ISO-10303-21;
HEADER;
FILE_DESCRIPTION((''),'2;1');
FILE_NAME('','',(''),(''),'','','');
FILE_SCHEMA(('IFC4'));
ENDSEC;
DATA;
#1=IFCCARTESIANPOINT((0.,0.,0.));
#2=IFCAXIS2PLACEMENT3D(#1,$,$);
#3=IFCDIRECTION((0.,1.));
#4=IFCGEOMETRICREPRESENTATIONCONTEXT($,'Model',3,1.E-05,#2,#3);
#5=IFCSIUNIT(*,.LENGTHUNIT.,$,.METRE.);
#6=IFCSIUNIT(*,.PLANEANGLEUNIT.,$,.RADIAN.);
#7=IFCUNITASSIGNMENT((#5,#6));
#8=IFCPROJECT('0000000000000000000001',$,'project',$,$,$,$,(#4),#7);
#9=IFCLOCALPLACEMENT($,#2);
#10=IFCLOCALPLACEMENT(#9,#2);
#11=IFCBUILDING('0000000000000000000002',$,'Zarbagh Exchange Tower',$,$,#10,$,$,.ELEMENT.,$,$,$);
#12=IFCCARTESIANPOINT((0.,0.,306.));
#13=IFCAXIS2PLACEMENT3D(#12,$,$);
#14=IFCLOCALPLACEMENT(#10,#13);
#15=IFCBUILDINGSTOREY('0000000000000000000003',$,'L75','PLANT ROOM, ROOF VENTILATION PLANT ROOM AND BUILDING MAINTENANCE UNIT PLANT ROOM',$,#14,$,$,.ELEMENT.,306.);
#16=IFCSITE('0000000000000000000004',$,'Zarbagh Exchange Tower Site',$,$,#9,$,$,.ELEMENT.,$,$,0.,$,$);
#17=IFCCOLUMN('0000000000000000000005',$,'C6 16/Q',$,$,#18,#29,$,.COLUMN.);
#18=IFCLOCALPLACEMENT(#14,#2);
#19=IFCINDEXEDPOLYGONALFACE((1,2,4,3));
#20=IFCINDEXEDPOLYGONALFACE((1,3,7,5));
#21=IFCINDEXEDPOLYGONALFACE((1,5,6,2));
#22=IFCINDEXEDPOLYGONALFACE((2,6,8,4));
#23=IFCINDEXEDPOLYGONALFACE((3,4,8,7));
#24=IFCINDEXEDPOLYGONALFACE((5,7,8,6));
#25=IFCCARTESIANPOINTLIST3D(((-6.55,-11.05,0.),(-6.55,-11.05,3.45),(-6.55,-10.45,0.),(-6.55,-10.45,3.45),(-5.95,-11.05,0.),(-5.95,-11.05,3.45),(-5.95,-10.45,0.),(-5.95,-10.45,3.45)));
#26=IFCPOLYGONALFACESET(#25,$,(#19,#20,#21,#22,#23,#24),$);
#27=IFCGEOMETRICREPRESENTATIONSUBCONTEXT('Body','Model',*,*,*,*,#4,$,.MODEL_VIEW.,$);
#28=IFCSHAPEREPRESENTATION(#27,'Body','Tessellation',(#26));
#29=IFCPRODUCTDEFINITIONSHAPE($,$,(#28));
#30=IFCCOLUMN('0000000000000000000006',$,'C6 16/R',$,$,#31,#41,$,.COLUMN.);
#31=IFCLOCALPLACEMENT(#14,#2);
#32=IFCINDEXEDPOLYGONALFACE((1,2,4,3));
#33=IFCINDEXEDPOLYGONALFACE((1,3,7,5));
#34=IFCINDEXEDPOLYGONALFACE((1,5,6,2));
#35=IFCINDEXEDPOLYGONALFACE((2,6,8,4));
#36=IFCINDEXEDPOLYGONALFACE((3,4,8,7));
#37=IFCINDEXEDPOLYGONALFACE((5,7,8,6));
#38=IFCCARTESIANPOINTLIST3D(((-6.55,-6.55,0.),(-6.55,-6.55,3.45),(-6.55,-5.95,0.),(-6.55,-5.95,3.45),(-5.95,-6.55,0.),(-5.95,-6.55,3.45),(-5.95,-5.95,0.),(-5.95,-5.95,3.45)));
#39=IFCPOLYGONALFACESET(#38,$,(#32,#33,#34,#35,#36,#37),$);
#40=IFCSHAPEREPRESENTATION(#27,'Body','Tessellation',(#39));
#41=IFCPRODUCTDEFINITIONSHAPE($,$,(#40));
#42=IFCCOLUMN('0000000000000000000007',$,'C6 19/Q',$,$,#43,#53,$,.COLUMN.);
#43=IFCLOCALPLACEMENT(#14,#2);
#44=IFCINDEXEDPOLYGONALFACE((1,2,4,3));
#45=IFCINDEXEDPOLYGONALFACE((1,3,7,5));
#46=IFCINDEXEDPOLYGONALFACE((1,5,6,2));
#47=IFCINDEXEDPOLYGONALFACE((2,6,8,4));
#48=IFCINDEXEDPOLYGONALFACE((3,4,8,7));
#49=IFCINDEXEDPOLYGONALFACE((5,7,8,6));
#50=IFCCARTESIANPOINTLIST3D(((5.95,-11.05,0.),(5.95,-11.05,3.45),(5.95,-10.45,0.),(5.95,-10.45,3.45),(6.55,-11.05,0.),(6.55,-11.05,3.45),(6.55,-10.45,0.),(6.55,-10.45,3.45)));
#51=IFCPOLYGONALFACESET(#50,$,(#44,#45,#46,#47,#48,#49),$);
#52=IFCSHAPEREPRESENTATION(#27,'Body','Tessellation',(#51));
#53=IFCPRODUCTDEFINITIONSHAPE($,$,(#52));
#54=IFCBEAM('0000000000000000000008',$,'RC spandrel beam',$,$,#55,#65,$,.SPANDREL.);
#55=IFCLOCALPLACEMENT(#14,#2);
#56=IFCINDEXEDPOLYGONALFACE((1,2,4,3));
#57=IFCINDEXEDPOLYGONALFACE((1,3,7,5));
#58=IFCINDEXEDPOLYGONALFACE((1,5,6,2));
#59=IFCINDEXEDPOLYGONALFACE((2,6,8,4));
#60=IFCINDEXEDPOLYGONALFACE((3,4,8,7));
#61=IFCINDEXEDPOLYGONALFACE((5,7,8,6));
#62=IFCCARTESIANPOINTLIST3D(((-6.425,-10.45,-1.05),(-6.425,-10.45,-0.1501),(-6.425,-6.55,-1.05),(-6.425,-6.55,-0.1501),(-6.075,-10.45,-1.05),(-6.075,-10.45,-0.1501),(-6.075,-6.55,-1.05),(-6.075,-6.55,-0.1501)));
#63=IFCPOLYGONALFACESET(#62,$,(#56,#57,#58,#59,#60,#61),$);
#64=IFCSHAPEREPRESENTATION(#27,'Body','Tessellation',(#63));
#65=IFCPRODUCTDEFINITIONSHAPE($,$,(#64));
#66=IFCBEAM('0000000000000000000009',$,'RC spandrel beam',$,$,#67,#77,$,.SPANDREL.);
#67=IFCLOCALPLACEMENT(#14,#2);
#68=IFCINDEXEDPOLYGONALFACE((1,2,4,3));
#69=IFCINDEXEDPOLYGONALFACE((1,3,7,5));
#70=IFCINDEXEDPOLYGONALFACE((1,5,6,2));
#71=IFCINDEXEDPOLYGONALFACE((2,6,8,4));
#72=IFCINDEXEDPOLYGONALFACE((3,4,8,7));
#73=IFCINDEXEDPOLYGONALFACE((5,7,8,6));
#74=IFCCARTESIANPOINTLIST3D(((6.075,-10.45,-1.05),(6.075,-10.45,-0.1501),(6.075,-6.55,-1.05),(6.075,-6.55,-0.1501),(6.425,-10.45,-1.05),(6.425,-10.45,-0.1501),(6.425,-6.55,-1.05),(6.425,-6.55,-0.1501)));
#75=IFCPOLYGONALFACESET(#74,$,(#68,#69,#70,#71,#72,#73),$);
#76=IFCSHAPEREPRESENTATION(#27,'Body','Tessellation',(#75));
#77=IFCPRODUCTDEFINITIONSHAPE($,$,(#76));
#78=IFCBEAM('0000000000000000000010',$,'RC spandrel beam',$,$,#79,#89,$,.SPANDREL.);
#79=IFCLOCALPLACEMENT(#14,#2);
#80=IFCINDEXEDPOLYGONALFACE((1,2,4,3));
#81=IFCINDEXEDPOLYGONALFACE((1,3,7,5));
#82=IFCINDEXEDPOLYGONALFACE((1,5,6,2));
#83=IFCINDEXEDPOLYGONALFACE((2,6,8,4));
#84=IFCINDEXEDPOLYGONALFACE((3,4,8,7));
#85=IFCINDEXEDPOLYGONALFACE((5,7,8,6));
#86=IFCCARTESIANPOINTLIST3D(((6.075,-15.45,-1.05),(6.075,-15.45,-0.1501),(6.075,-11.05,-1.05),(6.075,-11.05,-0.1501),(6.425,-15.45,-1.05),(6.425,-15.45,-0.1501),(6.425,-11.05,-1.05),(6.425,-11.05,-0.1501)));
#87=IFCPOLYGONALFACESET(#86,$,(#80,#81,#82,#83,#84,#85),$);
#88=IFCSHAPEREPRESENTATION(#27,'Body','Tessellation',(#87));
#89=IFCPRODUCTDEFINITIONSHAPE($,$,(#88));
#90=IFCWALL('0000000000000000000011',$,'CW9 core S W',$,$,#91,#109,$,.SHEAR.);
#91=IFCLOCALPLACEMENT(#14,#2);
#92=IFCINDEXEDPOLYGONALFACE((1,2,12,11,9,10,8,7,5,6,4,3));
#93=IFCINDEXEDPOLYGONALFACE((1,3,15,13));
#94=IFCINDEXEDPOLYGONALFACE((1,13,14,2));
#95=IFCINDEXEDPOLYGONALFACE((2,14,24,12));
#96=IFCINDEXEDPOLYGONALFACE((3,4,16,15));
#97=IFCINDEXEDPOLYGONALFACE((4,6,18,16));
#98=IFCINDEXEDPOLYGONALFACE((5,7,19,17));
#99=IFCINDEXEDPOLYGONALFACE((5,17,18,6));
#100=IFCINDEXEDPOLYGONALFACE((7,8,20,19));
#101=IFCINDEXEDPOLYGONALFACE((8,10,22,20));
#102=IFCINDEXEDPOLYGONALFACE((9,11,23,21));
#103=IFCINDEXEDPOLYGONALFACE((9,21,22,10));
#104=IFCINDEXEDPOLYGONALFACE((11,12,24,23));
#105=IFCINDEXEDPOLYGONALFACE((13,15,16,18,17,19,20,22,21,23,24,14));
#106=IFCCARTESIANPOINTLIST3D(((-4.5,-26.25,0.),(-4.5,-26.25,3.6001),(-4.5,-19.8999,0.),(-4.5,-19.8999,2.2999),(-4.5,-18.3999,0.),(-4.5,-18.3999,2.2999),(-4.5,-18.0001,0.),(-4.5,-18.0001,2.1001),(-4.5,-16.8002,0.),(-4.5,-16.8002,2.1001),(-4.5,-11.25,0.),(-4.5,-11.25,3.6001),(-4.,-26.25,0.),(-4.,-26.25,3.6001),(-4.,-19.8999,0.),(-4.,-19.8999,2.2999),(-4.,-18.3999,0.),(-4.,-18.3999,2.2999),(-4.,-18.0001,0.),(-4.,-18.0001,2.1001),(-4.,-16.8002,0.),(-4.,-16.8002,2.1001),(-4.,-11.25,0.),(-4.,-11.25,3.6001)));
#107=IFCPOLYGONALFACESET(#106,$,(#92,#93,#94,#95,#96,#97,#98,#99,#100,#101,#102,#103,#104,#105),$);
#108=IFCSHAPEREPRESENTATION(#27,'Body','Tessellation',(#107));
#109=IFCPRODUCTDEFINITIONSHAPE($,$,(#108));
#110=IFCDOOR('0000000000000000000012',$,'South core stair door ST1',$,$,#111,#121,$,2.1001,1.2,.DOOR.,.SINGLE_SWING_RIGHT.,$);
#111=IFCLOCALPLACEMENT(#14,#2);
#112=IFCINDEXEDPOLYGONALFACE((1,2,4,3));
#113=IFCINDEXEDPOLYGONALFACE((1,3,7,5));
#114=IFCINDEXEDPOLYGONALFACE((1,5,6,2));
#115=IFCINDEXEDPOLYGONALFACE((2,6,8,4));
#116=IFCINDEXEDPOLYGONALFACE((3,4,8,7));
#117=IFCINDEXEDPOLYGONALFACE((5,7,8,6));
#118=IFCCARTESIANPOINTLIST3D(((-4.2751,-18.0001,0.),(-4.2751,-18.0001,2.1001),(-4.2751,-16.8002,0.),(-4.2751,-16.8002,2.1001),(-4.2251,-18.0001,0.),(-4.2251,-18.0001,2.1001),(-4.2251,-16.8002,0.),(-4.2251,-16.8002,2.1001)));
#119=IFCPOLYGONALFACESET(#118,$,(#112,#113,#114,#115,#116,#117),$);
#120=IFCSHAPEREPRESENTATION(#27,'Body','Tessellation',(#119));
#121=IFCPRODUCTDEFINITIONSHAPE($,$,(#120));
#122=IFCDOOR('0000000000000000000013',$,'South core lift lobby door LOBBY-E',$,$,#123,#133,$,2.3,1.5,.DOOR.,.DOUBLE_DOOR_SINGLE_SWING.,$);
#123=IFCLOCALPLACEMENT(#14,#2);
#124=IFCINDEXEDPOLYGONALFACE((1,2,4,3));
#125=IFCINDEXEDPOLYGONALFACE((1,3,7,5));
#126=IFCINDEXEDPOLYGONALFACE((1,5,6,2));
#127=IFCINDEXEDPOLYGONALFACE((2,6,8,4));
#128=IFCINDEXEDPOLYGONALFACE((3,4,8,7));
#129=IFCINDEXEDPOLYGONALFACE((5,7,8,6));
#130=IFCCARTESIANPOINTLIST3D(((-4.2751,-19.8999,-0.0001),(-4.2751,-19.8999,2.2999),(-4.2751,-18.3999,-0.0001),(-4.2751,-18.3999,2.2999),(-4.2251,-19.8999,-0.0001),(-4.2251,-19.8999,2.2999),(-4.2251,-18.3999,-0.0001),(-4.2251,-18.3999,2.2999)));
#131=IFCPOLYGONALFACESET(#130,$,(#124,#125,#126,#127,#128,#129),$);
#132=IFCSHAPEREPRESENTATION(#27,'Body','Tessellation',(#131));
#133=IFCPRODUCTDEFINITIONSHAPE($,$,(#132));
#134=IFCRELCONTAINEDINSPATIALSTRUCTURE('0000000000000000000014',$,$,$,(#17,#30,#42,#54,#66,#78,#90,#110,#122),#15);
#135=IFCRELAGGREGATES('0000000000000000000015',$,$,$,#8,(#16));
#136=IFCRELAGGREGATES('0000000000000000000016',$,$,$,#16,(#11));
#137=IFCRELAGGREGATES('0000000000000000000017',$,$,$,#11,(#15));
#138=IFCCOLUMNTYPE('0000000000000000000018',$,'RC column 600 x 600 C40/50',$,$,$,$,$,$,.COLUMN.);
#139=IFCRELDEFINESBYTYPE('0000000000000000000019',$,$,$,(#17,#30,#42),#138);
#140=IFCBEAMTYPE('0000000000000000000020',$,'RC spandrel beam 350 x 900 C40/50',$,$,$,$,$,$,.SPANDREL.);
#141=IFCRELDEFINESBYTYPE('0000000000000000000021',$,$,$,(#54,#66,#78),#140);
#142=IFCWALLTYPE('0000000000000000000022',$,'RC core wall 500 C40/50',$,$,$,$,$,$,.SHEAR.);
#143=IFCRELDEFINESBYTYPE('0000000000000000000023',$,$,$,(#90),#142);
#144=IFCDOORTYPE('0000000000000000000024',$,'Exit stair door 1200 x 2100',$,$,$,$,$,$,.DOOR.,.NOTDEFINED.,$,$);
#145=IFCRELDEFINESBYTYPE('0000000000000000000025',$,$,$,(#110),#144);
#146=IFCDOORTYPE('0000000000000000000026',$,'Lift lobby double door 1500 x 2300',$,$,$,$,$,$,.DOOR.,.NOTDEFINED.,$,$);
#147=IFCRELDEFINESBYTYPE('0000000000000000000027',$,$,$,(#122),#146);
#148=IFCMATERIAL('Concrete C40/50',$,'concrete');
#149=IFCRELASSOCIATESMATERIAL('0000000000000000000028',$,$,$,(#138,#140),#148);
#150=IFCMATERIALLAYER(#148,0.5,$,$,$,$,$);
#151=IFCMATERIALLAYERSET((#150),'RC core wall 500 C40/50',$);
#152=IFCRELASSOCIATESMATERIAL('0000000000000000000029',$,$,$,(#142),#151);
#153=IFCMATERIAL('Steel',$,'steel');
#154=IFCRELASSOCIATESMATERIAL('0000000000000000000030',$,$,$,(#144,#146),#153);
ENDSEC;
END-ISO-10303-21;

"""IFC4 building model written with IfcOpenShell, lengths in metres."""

from ifc_helpers import new_model, si_unit, direction, frame, frame_2d, origin, origin_2d, place, context, subcontext, project, spatial, rectangle, extrude, material, layer, layer_set, material_profile, profile_set, type_object, element, fill, save


model = new_model("IFC4")

# Units and contexts
model_context = context("Model", 3, precision=1e-05, world=origin(), true_north=direction((0.0, 1.0)))
body_context = subcontext(model_context, "Body", "Model", "MODEL_VIEW")
ifc_project = project(units=[si_unit("LENGTHUNIT", "METRE"), si_unit("PLANEANGLEUNIT", "RADIAN")], contexts=[model_context])

# Site, building, storey
site_placement = place(None, origin())
site = spatial("IfcSite", under=ifc_project, at=site_placement, Name="Zarbagh Exchange Tower Site", CompositionType="ELEMENT", RefElevation=0.0)
building_placement = place(site_placement, origin())
building = spatial("IfcBuilding", under=site, at=building_placement, Name="Zarbagh Exchange Tower", CompositionType="ELEMENT")
storey_placement = place(building_placement, frame((0.0, 0.0, 306.0)))
storey = spatial("IfcBuildingStorey", under=building, at=storey_placement, Name="L75", Description="PLANT ROOM, ROOF VENTILATION PLANT ROOM AND BUILDING MAINTENANCE UNIT PLANT ROOM", CompositionType="ELEMENT", Elevation=306.0)

# Columns
ifc_material_1 = material(Name="Concrete C40/50", Category="concrete")
ifc_material_profile_1 = material_profile(ifc_material_1, rectangle(XDim=0.6001, YDim=0.6001, at=origin_2d()), Name="RC column 600 x 600 C40/50")
ifc_profile_set_1 = profile_set([ifc_material_profile_1], Name="Concrete C40/50")
column_type = type_object("IfcColumnType", Name="RC column 600 x 600 C40/50", PredefinedType="COLUMN", material=ifc_profile_set_1)
for number, where, z_axis, x_axis, name in (
    (1, (-6.25, -10.75, 0.0), (0.0, 0.0, 1.0), (1.0, 0.0, 0.0), "C6 16/Q"),
    (2, (-6.25, -6.25, 0.0), (0.0, 0.0, 1.0), (1.0, 0.0, 0.0), "C6 16/R"),
    (3, (6.25, -10.75, 0.0), (0.0, 0.0, 1.0), (1.0, 0.0, 0.0), "C6 19/Q"),
):
    element("IfcColumn", number, at=place(storey_placement, frame(where, z_axis=z_axis, x_axis=x_axis)), inside=storey, type_object=column_type, Name=name, PredefinedType="COLUMN", context=body_context, shape_type="SweptSolid", body=[
        extrude(rectangle(XDim=0.6001, YDim=0.6001, at=origin_2d()), origin(), (0.0, 0.0, 1.0), 3.45),
    ])

# Beams
ifc_material_profile_2 = material_profile(ifc_material_1, rectangle(XDim=0.3501, YDim=0.8999, at=origin_2d()), Name="RC spandrel beam 350 x 900 C40/50")
ifc_profile_set_2 = profile_set([ifc_material_profile_2], Name="Concrete C40/50")
beam_type = type_object("IfcBeamType", Name="RC spandrel beam 350 x 900 C40/50", PredefinedType="SPANDREL", material=ifc_profile_set_2)
for number, where, z_axis, x_axis, name in (
    (4, (-6.25, -10.45, -0.6001), (0.0, 1.0, 0.0), (-1.0, 0.0, 0.0), "RC spandrel beam"),
    (5, (6.25, -6.55, -0.6001), (0.0, -1.0, 0.0), (1.0, 0.0, 0.0), "RC spandrel beam"),
):
    element("IfcBeam", number, at=place(storey_placement, frame(where, z_axis=z_axis, x_axis=x_axis)), inside=storey, type_object=beam_type, Name=name, PredefinedType="SPANDREL", context=body_context, shape_type="SweptSolid", body=[
        extrude(rectangle(XDim=0.3501, YDim=0.8999, at=origin_2d()), origin(), (0.0, 0.0, 1.0), 3.8999),
    ])
beam_placement = place(storey_placement, frame((6.25, -11.05, -0.6001), z_axis=(0.0, -1.0, 0.0), x_axis=(1.0, 0.0, 0.0)))
element("IfcBeam", 6, at=beam_placement, inside=storey, type_object=beam_type, Name="RC spandrel beam", PredefinedType="SPANDREL", context=body_context, shape_type="SweptSolid", body=[
    extrude(rectangle(XDim=0.3501, YDim=0.8999, at=origin_2d()), origin(), (0.0, 0.0, 1.0), 4.3999),
])

# Wall, openings, doors
ifc_layer = layer(ifc_material_1, 0.5)
ifc_layer_set = layer_set([ifc_layer], Name="RC core wall 500 C40/50")
wall_type = type_object("IfcWallType", Name="RC core wall 500 C40/50", PredefinedType="SHEAR", material=ifc_layer_set)
wall_1_placement = place(storey_placement, frame((-4.25, -11.25, 0.0), z_axis=(0.0, 0.0, 1.0), x_axis=(0.0, -1.0, 0.0)))
wall_1 = element("IfcWall", 7, at=wall_1_placement, inside=storey, type_object=wall_type, Name="CW9 core S W", PredefinedType="SHEAR", context=body_context, shape_type="SweptSolid", body=[
    extrude(rectangle(XDim=15.0, YDim=0.5, at=frame_2d((7.5, 0.0))), origin(), (0.0, 0.0, 1.0), 3.6001),
])
opening_1_placement = place(wall_1_placement, frame((7.1499, 0.0, 0.0)))
opening_1 = element("IfcOpeningElement", 8, at=opening_1_placement, cuts=wall_1, PredefinedType="OPENING", context=body_context, shape_type="SweptSolid", body=[
    extrude(rectangle(XDim=1.5, YDim=2.3, at=frame_2d((0.75, 1.1499))), frame((0.0, 0.26, 0.0), z_axis=(0.0, -1.0, 0.0), x_axis=(1.0, 0.0, 0.0)), (0.0, 0.0, 1.0), 0.52),
])
opening_2_placement = place(wall_1_placement, frame((5.55, 0.0, 0.0)))
opening_2 = element("IfcOpeningElement", 9, at=opening_2_placement, cuts=wall_1, PredefinedType="OPENING", context=body_context, shape_type="SweptSolid", body=[
    extrude(rectangle(XDim=1.2, YDim=2.1001, at=frame_2d((0.6001, 1.05))), frame((0.0, 0.26, 0.0), z_axis=(0.0, -1.0, 0.0), x_axis=(1.0, 0.0, 0.0)), (0.0, 0.0, 1.0), 0.52),
])
ifc_material_2 = material(Name="Steel", Category="steel")
door_type_1 = type_object("IfcDoorType", Name="Exit stair door 1200 x 2100", OperationType="NOTDEFINED", PredefinedType="DOOR", material=ifc_material_2)
door_1_placement = place(opening_2_placement, origin())
door_1 = element("IfcDoor", 10, at=door_1_placement, inside=storey, type_object=door_type_1, Name="South core stair door ST1", OperationType="SINGLE_SWING_RIGHT", OverallHeight=2.1001, OverallWidth=1.2, PredefinedType="DOOR", context=body_context, shape_type="SweptSolid", body=[
    extrude(rectangle(XDim=1.2, YDim=2.1001, at=frame_2d((0.6001, 1.05))), frame((0.0, 0.0249, 0.0), z_axis=(0.0, -1.0, 0.0), x_axis=(1.0, 0.0, 0.0)), (0.0, 0.0, 1.0), 0.05),
])
fill(opening_2, door_1)
door_type_2 = type_object("IfcDoorType", Name="Lift lobby double door 1500 x 2300", OperationType="NOTDEFINED", PredefinedType="DOOR", material=ifc_material_2)
door_2_placement = place(opening_1_placement, origin())
door_2 = element("IfcDoor", 11, at=door_2_placement, inside=storey, type_object=door_type_2, Name="South core lift lobby door LOBBY-E", OperationType="DOUBLE_DOOR_SINGLE_SWING", OverallHeight=2.3, OverallWidth=1.5, PredefinedType="DOOR", context=body_context, shape_type="SweptSolid", body=[
    extrude(rectangle(XDim=1.5, YDim=2.3, at=frame_2d((0.75, 1.1499))), frame((0.0, 0.0249, 0.0), z_axis=(0.0, -1.0, 0.0), x_axis=(1.0, 0.0, 0.0)), (0.0, 0.0, 1.0), 0.05),
])
fill(opening_1, door_2)

save(model, "model.ifc")
